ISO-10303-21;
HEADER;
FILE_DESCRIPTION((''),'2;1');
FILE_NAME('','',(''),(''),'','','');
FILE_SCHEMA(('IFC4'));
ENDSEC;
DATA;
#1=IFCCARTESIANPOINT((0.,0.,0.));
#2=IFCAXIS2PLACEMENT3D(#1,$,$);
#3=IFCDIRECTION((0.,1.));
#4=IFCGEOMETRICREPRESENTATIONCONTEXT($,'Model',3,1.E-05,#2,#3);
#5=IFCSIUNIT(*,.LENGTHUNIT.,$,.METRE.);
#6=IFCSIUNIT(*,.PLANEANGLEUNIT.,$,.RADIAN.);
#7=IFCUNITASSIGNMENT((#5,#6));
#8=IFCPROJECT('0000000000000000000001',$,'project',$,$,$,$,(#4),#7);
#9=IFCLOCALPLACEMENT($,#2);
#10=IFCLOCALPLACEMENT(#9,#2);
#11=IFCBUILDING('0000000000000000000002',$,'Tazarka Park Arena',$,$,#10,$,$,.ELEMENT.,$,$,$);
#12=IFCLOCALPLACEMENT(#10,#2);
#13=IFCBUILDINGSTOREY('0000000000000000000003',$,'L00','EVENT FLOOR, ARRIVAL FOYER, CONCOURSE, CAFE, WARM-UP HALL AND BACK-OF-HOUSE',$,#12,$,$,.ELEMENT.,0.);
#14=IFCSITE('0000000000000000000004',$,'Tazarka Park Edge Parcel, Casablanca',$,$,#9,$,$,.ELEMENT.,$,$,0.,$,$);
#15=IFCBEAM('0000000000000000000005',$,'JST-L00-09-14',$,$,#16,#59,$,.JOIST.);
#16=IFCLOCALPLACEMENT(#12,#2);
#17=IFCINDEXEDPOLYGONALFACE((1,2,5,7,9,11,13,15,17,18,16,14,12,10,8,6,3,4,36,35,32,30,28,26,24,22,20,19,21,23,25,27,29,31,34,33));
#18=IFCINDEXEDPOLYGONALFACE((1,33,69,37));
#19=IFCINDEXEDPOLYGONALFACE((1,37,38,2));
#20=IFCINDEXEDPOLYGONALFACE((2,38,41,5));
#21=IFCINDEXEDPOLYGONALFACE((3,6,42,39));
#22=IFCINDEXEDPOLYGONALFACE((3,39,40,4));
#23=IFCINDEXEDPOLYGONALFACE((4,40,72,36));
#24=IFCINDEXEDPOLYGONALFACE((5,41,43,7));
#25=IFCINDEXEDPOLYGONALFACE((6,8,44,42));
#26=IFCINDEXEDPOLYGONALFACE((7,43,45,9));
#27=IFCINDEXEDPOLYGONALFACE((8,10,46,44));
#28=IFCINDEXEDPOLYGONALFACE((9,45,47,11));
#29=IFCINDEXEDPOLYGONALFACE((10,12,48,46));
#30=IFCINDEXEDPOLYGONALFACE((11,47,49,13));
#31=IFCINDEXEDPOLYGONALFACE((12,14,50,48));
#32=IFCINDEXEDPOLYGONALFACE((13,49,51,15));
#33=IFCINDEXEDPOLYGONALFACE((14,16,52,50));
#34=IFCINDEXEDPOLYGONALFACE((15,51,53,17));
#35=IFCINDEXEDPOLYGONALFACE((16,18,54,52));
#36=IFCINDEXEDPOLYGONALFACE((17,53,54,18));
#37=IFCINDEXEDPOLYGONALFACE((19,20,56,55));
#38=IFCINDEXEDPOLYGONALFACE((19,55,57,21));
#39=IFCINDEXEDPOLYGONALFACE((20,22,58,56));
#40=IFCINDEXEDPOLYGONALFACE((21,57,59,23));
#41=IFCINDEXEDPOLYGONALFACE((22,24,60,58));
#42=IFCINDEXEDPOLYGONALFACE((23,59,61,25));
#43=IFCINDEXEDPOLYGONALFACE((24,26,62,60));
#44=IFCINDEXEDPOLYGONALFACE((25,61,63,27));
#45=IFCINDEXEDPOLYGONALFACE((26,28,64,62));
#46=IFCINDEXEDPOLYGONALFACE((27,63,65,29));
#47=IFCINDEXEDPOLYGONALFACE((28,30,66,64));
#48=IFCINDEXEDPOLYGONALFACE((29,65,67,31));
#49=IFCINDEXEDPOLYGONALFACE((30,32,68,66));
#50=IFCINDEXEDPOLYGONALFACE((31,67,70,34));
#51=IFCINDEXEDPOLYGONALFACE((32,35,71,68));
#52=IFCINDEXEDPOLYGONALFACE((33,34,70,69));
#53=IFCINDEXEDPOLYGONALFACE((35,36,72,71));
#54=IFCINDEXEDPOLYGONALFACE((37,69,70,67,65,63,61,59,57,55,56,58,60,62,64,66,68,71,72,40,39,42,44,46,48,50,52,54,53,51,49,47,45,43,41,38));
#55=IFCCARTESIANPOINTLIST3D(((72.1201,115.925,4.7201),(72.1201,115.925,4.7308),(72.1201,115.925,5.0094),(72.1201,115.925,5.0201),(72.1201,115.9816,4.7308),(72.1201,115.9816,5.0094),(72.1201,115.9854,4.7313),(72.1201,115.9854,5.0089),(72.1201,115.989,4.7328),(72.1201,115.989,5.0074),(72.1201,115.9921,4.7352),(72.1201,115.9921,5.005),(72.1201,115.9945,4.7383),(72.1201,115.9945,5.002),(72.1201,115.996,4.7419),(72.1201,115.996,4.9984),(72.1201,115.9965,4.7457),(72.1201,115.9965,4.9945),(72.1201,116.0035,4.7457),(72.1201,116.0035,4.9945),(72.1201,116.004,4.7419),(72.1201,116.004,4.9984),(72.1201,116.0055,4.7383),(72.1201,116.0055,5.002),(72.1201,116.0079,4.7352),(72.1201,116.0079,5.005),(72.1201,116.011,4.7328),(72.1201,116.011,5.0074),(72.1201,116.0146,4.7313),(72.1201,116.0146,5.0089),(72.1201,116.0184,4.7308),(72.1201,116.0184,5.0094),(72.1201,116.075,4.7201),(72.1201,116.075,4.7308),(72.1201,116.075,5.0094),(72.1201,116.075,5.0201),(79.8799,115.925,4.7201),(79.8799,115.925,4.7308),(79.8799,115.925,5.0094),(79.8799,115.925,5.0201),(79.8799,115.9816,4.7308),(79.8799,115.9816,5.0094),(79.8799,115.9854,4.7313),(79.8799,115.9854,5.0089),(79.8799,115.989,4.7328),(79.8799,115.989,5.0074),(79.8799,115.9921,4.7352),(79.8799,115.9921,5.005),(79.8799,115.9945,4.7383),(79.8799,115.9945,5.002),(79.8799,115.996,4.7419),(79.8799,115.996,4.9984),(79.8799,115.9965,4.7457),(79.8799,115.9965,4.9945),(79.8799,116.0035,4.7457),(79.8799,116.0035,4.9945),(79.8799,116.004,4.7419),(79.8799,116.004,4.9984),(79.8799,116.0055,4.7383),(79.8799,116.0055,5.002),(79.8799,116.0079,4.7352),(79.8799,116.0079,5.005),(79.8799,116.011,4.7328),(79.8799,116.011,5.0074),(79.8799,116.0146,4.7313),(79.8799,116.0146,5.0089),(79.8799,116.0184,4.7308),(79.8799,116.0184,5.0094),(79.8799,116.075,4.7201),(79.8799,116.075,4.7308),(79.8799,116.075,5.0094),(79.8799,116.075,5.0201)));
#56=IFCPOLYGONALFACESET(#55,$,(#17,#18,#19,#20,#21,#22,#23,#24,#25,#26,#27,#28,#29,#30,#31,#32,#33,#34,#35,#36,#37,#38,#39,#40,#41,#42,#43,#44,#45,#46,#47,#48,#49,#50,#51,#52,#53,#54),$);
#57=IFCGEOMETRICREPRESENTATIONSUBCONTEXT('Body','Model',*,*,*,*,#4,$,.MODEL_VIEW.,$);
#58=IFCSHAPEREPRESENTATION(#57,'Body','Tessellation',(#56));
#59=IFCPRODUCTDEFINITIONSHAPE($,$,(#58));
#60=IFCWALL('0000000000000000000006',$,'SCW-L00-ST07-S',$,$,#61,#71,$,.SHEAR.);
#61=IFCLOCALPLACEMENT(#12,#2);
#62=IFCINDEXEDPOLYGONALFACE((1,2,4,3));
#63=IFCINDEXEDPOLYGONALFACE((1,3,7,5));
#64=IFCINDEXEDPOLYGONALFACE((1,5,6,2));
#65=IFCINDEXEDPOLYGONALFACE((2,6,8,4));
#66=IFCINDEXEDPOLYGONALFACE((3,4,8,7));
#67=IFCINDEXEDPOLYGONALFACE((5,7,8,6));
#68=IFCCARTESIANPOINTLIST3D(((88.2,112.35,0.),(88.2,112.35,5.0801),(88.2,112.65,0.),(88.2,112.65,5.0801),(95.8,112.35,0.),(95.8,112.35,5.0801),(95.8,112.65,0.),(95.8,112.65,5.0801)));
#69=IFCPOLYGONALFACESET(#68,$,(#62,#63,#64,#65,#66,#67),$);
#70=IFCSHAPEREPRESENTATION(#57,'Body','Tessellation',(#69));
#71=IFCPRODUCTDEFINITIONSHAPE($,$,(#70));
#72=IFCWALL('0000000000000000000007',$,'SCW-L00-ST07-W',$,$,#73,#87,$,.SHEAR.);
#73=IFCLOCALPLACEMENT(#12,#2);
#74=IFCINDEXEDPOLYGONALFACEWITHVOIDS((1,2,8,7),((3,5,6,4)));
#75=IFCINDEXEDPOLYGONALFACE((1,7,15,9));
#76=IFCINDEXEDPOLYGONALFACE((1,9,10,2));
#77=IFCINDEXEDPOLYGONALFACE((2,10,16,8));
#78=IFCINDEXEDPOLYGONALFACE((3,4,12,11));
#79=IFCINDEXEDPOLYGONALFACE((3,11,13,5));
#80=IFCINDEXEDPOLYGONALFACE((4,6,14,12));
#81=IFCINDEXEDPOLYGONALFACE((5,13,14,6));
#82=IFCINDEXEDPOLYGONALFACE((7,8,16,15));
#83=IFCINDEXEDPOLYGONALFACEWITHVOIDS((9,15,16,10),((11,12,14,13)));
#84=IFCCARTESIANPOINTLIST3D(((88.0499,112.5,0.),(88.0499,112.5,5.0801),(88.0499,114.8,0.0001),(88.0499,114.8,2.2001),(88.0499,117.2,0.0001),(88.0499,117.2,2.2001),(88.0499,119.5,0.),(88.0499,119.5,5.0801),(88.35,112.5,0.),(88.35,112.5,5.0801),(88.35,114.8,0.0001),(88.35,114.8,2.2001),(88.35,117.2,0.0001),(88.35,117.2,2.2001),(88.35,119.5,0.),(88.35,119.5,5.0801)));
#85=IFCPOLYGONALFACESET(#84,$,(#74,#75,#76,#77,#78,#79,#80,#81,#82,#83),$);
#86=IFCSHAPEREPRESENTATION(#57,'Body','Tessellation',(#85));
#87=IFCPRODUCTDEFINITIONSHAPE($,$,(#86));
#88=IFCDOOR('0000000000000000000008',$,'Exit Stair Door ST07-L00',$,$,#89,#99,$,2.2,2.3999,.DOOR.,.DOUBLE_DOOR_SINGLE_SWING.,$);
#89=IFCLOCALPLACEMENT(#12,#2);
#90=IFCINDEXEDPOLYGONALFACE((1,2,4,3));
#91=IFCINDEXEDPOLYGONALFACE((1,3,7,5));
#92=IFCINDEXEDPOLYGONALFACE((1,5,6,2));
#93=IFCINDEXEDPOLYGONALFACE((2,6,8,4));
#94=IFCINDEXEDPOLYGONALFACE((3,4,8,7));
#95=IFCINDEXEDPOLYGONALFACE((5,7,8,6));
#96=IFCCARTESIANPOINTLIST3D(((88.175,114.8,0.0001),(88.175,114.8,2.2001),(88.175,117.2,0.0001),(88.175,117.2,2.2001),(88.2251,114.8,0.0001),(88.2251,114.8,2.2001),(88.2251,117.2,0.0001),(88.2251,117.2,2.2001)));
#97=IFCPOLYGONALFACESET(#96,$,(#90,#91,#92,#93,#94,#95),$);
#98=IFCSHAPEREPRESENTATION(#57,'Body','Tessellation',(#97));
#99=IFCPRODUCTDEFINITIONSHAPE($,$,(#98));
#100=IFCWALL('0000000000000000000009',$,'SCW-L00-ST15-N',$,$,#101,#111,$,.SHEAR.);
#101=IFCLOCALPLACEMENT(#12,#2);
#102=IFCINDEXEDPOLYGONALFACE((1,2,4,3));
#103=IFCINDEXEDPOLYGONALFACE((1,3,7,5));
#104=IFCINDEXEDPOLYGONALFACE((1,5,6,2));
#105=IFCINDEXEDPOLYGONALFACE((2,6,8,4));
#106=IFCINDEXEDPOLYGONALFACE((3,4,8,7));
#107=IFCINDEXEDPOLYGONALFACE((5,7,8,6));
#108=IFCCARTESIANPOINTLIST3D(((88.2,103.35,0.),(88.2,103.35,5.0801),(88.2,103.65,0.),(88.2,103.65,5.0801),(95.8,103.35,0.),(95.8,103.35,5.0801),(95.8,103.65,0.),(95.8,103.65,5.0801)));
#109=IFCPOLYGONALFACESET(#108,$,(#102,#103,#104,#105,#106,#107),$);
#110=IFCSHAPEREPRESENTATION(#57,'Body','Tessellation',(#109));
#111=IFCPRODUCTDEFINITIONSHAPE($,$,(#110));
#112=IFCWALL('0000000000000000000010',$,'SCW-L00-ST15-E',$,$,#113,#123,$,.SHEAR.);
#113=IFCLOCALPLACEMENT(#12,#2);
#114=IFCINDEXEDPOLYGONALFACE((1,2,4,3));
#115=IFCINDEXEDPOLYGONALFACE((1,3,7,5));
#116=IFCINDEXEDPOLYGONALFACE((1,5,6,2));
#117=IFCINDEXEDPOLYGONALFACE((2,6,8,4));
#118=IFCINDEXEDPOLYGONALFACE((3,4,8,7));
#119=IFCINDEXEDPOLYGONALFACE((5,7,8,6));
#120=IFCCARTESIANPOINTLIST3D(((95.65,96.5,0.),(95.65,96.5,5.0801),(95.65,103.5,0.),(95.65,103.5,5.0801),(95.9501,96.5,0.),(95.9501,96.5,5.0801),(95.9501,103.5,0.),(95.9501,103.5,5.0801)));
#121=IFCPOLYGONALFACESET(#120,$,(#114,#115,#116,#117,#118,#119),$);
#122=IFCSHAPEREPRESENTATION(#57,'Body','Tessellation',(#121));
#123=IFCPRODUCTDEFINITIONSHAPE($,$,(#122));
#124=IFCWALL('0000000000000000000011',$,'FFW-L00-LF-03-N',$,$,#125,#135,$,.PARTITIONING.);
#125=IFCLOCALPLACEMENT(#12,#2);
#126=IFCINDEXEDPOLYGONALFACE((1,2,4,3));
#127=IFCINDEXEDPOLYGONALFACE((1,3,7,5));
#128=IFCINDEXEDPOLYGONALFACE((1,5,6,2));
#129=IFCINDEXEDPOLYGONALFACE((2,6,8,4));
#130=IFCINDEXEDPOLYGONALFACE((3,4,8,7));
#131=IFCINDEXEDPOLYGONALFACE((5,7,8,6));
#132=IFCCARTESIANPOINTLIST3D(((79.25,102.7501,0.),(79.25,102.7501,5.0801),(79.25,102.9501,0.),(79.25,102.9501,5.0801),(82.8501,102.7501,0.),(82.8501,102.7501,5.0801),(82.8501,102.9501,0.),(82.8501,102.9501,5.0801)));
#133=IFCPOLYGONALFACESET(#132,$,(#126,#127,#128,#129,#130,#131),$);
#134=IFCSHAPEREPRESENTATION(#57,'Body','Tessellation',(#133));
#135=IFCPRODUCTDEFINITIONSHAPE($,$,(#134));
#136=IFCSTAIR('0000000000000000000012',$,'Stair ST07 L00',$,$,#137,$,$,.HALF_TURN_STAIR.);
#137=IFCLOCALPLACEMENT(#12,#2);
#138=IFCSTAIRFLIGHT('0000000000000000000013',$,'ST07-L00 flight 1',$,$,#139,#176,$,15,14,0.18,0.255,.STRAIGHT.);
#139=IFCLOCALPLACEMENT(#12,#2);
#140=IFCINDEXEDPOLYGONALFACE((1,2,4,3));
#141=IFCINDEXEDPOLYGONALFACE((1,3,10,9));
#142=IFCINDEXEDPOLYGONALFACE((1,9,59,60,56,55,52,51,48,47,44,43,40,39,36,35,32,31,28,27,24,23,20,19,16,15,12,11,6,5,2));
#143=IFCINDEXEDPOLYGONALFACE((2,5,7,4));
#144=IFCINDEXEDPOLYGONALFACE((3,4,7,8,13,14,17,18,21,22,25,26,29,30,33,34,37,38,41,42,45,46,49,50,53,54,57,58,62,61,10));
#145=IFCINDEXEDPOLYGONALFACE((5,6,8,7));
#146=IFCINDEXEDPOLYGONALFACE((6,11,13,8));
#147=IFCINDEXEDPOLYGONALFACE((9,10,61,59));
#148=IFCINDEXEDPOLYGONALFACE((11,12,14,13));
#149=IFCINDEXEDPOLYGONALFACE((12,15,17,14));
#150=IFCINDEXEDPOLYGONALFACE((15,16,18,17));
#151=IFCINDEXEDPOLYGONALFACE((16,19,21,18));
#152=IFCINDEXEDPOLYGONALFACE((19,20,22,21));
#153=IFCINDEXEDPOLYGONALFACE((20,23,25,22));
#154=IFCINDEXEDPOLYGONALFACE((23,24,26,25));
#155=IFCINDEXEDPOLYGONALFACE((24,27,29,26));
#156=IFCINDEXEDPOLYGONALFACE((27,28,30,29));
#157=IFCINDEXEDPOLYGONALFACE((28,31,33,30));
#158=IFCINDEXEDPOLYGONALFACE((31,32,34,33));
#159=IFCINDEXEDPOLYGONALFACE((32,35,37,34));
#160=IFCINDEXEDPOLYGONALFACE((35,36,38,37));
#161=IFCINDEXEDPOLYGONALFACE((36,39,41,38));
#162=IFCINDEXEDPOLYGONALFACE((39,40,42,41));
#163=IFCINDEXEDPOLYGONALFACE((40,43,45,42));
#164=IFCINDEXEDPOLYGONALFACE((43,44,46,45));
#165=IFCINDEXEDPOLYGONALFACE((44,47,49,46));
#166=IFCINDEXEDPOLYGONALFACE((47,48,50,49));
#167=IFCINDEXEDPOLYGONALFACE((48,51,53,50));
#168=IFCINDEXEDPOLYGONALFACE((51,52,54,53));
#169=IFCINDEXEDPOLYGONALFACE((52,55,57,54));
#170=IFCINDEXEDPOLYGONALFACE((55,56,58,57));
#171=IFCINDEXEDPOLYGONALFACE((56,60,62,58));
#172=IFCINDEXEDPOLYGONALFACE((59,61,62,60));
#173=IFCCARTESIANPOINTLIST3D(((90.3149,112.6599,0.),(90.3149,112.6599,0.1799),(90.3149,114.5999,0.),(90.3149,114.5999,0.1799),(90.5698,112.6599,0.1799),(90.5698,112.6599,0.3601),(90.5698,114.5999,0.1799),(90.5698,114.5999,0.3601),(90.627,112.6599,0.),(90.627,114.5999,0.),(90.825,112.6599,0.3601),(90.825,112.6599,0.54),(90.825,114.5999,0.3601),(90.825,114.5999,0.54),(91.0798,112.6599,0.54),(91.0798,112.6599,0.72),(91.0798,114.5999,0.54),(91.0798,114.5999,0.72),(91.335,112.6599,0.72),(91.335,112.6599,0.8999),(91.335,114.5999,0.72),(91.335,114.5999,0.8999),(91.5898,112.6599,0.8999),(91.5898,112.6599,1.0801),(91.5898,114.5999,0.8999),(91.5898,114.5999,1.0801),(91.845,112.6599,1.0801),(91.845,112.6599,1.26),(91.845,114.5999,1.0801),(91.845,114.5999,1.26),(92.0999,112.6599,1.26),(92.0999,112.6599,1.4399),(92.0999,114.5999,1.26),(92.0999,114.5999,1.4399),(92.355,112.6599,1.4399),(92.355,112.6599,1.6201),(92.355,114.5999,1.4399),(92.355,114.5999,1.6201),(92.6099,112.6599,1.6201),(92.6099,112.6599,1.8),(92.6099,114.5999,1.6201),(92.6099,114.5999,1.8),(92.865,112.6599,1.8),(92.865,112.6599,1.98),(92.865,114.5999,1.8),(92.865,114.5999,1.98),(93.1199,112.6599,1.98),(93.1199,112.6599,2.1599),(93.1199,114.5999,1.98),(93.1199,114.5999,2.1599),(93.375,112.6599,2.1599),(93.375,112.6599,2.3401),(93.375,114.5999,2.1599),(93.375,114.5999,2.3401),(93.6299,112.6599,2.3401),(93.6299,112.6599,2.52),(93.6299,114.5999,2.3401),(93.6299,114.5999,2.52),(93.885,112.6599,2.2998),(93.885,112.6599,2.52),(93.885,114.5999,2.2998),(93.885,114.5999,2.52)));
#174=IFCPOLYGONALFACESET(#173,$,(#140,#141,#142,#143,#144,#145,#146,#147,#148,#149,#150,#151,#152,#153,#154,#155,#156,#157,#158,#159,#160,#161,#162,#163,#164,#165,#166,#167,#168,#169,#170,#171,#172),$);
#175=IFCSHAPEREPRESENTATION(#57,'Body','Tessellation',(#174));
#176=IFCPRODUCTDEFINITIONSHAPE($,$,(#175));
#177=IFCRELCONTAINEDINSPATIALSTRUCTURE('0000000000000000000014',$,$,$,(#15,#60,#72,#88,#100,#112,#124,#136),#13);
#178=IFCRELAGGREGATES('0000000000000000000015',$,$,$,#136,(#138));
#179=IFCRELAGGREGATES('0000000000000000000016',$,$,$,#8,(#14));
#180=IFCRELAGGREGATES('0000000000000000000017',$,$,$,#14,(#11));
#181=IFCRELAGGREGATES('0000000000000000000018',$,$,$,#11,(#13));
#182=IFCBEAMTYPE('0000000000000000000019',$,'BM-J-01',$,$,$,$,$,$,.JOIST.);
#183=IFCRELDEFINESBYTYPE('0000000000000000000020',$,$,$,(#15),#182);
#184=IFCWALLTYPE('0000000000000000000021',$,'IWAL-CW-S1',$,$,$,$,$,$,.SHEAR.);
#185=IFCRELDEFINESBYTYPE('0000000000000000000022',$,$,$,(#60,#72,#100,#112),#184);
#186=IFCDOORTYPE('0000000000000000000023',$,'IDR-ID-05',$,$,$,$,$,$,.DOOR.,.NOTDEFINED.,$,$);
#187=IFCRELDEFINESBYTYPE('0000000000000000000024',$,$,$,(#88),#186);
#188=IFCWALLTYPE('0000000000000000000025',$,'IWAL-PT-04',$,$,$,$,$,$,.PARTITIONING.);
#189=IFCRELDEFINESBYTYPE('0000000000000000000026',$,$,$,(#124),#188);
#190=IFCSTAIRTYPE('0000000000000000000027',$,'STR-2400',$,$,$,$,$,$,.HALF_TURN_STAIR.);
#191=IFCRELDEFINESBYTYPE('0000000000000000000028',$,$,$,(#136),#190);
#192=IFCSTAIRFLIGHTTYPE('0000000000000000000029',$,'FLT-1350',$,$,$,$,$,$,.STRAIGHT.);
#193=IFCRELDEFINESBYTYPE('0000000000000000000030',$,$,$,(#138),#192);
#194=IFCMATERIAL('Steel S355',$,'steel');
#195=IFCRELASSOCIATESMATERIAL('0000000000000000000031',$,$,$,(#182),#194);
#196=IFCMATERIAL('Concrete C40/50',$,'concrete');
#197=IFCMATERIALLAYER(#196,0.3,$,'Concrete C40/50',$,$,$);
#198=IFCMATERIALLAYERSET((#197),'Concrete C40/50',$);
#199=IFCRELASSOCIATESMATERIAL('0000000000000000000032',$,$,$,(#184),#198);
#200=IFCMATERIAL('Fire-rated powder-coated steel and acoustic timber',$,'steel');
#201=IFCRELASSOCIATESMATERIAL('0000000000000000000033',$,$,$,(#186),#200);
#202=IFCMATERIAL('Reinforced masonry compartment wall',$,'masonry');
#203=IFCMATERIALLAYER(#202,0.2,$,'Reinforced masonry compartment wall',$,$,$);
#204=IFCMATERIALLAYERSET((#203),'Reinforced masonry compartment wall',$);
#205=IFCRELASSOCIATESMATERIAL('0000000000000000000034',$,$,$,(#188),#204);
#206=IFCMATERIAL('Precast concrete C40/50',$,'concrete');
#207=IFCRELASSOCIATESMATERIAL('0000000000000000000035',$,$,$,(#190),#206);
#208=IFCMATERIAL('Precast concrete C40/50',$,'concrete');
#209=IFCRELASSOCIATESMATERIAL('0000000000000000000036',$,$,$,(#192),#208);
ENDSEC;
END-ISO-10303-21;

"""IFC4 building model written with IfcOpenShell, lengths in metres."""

from ifc_helpers import new_model, si_unit, direction, frame, frame_2d, origin, origin_2d, place, context, subcontext, project, spatial, polyline, rectangle, i_section, outline, extrude, material, layer, layer_set, material_profile, profile_set, type_object, element, fill, aggregate, save


model = new_model("IFC4")

# Units and contexts
model_context = context("Model", 3, precision=1e-05, world=origin(), true_north=direction((0.0, 1.0)))
body_context = subcontext(model_context, "Body", "Model", "MODEL_VIEW")
ifc_project = project(units=[si_unit("LENGTHUNIT", "METRE"), si_unit("PLANEANGLEUNIT", "RADIAN")], contexts=[model_context])

# Site, building, storey
site_placement = place(None, origin())
site = spatial("IfcSite", under=ifc_project, at=site_placement, Name="Tazarka Park Edge Parcel, Casablanca", CompositionType="ELEMENT", RefElevation=0.0)
building_placement = place(site_placement, origin())
building = spatial("IfcBuilding", under=site, at=building_placement, Name="Tazarka Park Arena", CompositionType="ELEMENT")
storey_placement = place(building_placement, origin())
storey = spatial("IfcBuildingStorey", under=building, at=storey_placement, Name="L00", Description="EVENT FLOOR, ARRIVAL FOYER, CONCOURSE, CAFE, WARM-UP HALL AND BACK-OF-HOUSE", CompositionType="ELEMENT", Elevation=0.0)

# Beam
ifc_material_1 = material(Name="Steel S355", Category="steel")
ifc_material_profile_1 = material_profile(ifc_material_1, i_section(OverallWidth=0.1499, OverallDepth=0.3, WebThickness=0.0071, FlangeThickness=0.0107, FilletRadius=0.0149, at=origin_2d()), Name="Steel S355")
ifc_profile_set_1 = profile_set([ifc_material_profile_1], Name="Steel S355")
beam_type_1 = type_object("IfcBeamType", Name="BM-J-01", PredefinedType="JOIST", material=ifc_profile_set_1)
beam_placement = place(storey_placement, frame((72.1201, 116.0, 4.8701), z_axis=(1.0, 0.0, 0.0), x_axis=(0.0, 1.0, 0.0)))
element("IfcBeam", 1, at=beam_placement, inside=storey, type_object=beam_type_1, Name="JST-L00-09-14", PredefinedType="JOIST", context=body_context, shape_type="SweptSolid", body=[
    extrude(i_section(OverallWidth=0.1499, OverallDepth=0.3, WebThickness=0.0071, FlangeThickness=0.0107, FilletRadius=0.0149, at=origin_2d()), origin(), (0.0, 0.0, 1.0), 7.7598),
])

# Wall
ifc_material_2 = material(Name="Concrete C40/50", Category="concrete")
ifc_layer_1 = layer(ifc_material_2, 0.3, Name="Concrete C40/50")
ifc_layer_set_1 = layer_set([ifc_layer_1], Name="Concrete C40/50")
wall_type_1 = type_object("IfcWallType", Name="IWAL-CW-S1", PredefinedType="SHEAR", material=ifc_layer_set_1)
wall_1_placement = place(storey_placement, frame((95.8, 112.5, 0.0), z_axis=(0.0, 0.0, 1.0), x_axis=(-1.0, 0.0, 0.0)))
element("IfcWall", 2, at=wall_1_placement, inside=storey, type_object=wall_type_1, Name="SCW-L00-ST07-S", PredefinedType="SHEAR", context=body_context, shape_type="SweptSolid", body=[
    extrude(rectangle(XDim=7.6001, YDim=0.3, at=frame_2d((3.8, 0.0))), origin(), (0.0, 0.0, 1.0), 5.0801),
])

# Wall, opening, door
wall_2_placement = place(storey_placement, frame((88.2, 112.5, 0.0), z_axis=(0.0, 0.0, 1.0), x_axis=(0.0, 1.0, 0.0)))
wall_2 = element("IfcWall", 3, at=wall_2_placement, inside=storey, type_object=wall_type_1, Name="SCW-L00-ST07-W", PredefinedType="SHEAR", context=body_context, shape_type="SweptSolid", body=[
    extrude(rectangle(XDim=7.0, YDim=0.3, at=frame_2d((3.5, 0.0))), origin(), (0.0, 0.0, 1.0), 5.0801),
])
opening_placement = place(wall_2_placement, frame((2.3, 0.0, 0.0)))
opening = element("IfcOpeningElement", 4, at=opening_placement, cuts=wall_2, PredefinedType="OPENING", context=body_context, shape_type="SweptSolid", body=[
    extrude(rectangle(XDim=2.3999, YDim=2.2, at=frame_2d((1.2, 1.1001))), frame((0.0, 0.1602, 0.0), z_axis=(0.0, -1.0, 0.0), x_axis=(1.0, 0.0, 0.0)), (0.0, 0.0, 1.0), 0.3201),
])
ifc_material_3 = material(Name="Fire-rated powder-coated steel and acoustic timber", Category="steel")
door_type = type_object("IfcDoorType", Name="IDR-ID-05", OperationType="NOTDEFINED", PredefinedType="DOOR", material=ifc_material_3)
door_placement = place(opening_placement, origin())
door = element("IfcDoor", 5, at=door_placement, inside=storey, type_object=door_type, Name="Exit Stair Door ST07-L00", OperationType="DOUBLE_DOOR_SINGLE_SWING", OverallHeight=2.2, OverallWidth=2.3999, PredefinedType="DOOR", context=body_context, shape_type="SweptSolid", body=[
    extrude(rectangle(XDim=2.3999, YDim=2.2, at=frame_2d((1.2, 1.1001))), frame((0.0, 0.0249, 0.0), z_axis=(0.0, -1.0, 0.0), x_axis=(1.0, 0.0, 0.0)), (0.0, 0.0, 1.0), 0.05),
])
fill(opening, door)

# Walls
wall_3_placement = place(storey_placement, frame((88.2, 103.5, 0.0), z_axis=(0.0, 0.0, 1.0), x_axis=(1.0, 0.0, 0.0)))
element("IfcWall", 6, at=wall_3_placement, inside=storey, type_object=wall_type_1, Name="SCW-L00-ST15-N", PredefinedType="SHEAR", context=body_context, shape_type="SweptSolid", body=[
    extrude(rectangle(XDim=7.6001, YDim=0.3, at=frame_2d((3.8, 0.0))), origin(), (0.0, 0.0, 1.0), 5.0801),
])
wall_4_placement = place(storey_placement, frame((95.8, 103.5, 0.0), z_axis=(0.0, 0.0, 1.0), x_axis=(0.0, -1.0, 0.0)))
element("IfcWall", 7, at=wall_4_placement, inside=storey, type_object=wall_type_1, Name="SCW-L00-ST15-E", PredefinedType="SHEAR", context=body_context, shape_type="SweptSolid", body=[
    extrude(rectangle(XDim=7.0, YDim=0.3, at=frame_2d((3.5, 0.0))), origin(), (0.0, 0.0, 1.0), 5.0801),
])
ifc_material_4 = material(Name="Reinforced masonry compartment wall", Category="masonry")
ifc_layer_2 = layer(ifc_material_4, 0.2, Name="Reinforced masonry compartment wall")
ifc_layer_set_2 = layer_set([ifc_layer_2], Name="Reinforced masonry compartment wall")
wall_type_2 = type_object("IfcWallType", Name="IWAL-PT-04", PredefinedType="PARTITIONING", material=ifc_layer_set_2)
wall_5_placement = place(storey_placement, frame((79.25, 102.8501, 0.0), z_axis=(0.0, 0.0, 1.0), x_axis=(1.0, 0.0, 0.0)))
element("IfcWall", 8, at=wall_5_placement, inside=storey, type_object=wall_type_2, Name="FFW-L00-LF-03-N", PredefinedType="PARTITIONING", context=body_context, shape_type="SweptSolid", body=[
    extrude(rectangle(XDim=3.6001, YDim=0.2, at=frame_2d((1.8, 0.0))), origin(), (0.0, 0.0, 1.0), 5.0801),
])

# Stair, stair flight
ifc_material_5 = material(Name="Precast concrete C40/50", Category="concrete")
stair_type = type_object("IfcStairType", Name="STR-2400", PredefinedType="HALF_TURN_STAIR", material=ifc_material_5)
stair_placement = place(storey_placement, origin())
stair = element("IfcStair", 9, at=stair_placement, inside=storey, type_object=stair_type, Name="Stair ST07 L00", PredefinedType="HALF_TURN_STAIR")
ifc_material_6 = material(Name="Precast concrete C40/50", Category="concrete")
stair_flight_type = type_object("IfcStairFlightType", Name="FLT-1350", PredefinedType="STRAIGHT", material=ifc_material_6)
stair_flight_placement = place(storey_placement, frame((90.3149, 113.6299, 0.0), z_axis=(0.0, 0.0, 1.0), x_axis=(1.0, 0.0, 0.0)))
stair_flight = element("IfcStairFlight", 10, at=stair_flight_placement, type_object=stair_flight_type, Name="ST07-L00 flight 1", NumberOfRisers=15, NumberOfTreads=14, PredefinedType="STRAIGHT", RiserHeight=0.18, TreadLength=0.255, context=body_context, shape_type="SweptSolid", body=[
    extrude(outline(polyline([(0.0, 0.0), (0.0, 0.1799), (0.2549, 0.1799), (0.2549, 0.3601), (0.51, 0.3601), (0.51, 0.54), (0.7649, 0.54), (0.7649, 0.72), (1.02, 0.72), (1.02, 0.8999), (1.2749, 0.8999), (1.2749, 1.0801), (1.53, 1.0801), (1.53, 1.26), (1.7849, 1.26), (1.7849, 1.4399), (2.04, 1.4399), (2.04, 1.6201), (2.2949, 1.6201), (2.2949, 1.8), (2.55, 1.8), (2.55, 1.98), (2.8049, 1.98), (2.8049, 2.1599), (3.0601, 2.1599), (3.0601, 2.3401), (3.3149, 2.3401), (3.3149, 2.52), (3.5701, 2.52), (3.5701, 2.7), (3.5701, 2.2998), (0.312, 0.0), (0.0, 0.0)])), frame((0.0, 0.97, 0.0), z_axis=(0.0, -1.0, 0.0), x_axis=(1.0, 0.0, 0.0)), (0.0, 0.0, 1.0), 1.9399),
])
aggregate(stair, [stair_flight])

save(model, "model.ifc")
